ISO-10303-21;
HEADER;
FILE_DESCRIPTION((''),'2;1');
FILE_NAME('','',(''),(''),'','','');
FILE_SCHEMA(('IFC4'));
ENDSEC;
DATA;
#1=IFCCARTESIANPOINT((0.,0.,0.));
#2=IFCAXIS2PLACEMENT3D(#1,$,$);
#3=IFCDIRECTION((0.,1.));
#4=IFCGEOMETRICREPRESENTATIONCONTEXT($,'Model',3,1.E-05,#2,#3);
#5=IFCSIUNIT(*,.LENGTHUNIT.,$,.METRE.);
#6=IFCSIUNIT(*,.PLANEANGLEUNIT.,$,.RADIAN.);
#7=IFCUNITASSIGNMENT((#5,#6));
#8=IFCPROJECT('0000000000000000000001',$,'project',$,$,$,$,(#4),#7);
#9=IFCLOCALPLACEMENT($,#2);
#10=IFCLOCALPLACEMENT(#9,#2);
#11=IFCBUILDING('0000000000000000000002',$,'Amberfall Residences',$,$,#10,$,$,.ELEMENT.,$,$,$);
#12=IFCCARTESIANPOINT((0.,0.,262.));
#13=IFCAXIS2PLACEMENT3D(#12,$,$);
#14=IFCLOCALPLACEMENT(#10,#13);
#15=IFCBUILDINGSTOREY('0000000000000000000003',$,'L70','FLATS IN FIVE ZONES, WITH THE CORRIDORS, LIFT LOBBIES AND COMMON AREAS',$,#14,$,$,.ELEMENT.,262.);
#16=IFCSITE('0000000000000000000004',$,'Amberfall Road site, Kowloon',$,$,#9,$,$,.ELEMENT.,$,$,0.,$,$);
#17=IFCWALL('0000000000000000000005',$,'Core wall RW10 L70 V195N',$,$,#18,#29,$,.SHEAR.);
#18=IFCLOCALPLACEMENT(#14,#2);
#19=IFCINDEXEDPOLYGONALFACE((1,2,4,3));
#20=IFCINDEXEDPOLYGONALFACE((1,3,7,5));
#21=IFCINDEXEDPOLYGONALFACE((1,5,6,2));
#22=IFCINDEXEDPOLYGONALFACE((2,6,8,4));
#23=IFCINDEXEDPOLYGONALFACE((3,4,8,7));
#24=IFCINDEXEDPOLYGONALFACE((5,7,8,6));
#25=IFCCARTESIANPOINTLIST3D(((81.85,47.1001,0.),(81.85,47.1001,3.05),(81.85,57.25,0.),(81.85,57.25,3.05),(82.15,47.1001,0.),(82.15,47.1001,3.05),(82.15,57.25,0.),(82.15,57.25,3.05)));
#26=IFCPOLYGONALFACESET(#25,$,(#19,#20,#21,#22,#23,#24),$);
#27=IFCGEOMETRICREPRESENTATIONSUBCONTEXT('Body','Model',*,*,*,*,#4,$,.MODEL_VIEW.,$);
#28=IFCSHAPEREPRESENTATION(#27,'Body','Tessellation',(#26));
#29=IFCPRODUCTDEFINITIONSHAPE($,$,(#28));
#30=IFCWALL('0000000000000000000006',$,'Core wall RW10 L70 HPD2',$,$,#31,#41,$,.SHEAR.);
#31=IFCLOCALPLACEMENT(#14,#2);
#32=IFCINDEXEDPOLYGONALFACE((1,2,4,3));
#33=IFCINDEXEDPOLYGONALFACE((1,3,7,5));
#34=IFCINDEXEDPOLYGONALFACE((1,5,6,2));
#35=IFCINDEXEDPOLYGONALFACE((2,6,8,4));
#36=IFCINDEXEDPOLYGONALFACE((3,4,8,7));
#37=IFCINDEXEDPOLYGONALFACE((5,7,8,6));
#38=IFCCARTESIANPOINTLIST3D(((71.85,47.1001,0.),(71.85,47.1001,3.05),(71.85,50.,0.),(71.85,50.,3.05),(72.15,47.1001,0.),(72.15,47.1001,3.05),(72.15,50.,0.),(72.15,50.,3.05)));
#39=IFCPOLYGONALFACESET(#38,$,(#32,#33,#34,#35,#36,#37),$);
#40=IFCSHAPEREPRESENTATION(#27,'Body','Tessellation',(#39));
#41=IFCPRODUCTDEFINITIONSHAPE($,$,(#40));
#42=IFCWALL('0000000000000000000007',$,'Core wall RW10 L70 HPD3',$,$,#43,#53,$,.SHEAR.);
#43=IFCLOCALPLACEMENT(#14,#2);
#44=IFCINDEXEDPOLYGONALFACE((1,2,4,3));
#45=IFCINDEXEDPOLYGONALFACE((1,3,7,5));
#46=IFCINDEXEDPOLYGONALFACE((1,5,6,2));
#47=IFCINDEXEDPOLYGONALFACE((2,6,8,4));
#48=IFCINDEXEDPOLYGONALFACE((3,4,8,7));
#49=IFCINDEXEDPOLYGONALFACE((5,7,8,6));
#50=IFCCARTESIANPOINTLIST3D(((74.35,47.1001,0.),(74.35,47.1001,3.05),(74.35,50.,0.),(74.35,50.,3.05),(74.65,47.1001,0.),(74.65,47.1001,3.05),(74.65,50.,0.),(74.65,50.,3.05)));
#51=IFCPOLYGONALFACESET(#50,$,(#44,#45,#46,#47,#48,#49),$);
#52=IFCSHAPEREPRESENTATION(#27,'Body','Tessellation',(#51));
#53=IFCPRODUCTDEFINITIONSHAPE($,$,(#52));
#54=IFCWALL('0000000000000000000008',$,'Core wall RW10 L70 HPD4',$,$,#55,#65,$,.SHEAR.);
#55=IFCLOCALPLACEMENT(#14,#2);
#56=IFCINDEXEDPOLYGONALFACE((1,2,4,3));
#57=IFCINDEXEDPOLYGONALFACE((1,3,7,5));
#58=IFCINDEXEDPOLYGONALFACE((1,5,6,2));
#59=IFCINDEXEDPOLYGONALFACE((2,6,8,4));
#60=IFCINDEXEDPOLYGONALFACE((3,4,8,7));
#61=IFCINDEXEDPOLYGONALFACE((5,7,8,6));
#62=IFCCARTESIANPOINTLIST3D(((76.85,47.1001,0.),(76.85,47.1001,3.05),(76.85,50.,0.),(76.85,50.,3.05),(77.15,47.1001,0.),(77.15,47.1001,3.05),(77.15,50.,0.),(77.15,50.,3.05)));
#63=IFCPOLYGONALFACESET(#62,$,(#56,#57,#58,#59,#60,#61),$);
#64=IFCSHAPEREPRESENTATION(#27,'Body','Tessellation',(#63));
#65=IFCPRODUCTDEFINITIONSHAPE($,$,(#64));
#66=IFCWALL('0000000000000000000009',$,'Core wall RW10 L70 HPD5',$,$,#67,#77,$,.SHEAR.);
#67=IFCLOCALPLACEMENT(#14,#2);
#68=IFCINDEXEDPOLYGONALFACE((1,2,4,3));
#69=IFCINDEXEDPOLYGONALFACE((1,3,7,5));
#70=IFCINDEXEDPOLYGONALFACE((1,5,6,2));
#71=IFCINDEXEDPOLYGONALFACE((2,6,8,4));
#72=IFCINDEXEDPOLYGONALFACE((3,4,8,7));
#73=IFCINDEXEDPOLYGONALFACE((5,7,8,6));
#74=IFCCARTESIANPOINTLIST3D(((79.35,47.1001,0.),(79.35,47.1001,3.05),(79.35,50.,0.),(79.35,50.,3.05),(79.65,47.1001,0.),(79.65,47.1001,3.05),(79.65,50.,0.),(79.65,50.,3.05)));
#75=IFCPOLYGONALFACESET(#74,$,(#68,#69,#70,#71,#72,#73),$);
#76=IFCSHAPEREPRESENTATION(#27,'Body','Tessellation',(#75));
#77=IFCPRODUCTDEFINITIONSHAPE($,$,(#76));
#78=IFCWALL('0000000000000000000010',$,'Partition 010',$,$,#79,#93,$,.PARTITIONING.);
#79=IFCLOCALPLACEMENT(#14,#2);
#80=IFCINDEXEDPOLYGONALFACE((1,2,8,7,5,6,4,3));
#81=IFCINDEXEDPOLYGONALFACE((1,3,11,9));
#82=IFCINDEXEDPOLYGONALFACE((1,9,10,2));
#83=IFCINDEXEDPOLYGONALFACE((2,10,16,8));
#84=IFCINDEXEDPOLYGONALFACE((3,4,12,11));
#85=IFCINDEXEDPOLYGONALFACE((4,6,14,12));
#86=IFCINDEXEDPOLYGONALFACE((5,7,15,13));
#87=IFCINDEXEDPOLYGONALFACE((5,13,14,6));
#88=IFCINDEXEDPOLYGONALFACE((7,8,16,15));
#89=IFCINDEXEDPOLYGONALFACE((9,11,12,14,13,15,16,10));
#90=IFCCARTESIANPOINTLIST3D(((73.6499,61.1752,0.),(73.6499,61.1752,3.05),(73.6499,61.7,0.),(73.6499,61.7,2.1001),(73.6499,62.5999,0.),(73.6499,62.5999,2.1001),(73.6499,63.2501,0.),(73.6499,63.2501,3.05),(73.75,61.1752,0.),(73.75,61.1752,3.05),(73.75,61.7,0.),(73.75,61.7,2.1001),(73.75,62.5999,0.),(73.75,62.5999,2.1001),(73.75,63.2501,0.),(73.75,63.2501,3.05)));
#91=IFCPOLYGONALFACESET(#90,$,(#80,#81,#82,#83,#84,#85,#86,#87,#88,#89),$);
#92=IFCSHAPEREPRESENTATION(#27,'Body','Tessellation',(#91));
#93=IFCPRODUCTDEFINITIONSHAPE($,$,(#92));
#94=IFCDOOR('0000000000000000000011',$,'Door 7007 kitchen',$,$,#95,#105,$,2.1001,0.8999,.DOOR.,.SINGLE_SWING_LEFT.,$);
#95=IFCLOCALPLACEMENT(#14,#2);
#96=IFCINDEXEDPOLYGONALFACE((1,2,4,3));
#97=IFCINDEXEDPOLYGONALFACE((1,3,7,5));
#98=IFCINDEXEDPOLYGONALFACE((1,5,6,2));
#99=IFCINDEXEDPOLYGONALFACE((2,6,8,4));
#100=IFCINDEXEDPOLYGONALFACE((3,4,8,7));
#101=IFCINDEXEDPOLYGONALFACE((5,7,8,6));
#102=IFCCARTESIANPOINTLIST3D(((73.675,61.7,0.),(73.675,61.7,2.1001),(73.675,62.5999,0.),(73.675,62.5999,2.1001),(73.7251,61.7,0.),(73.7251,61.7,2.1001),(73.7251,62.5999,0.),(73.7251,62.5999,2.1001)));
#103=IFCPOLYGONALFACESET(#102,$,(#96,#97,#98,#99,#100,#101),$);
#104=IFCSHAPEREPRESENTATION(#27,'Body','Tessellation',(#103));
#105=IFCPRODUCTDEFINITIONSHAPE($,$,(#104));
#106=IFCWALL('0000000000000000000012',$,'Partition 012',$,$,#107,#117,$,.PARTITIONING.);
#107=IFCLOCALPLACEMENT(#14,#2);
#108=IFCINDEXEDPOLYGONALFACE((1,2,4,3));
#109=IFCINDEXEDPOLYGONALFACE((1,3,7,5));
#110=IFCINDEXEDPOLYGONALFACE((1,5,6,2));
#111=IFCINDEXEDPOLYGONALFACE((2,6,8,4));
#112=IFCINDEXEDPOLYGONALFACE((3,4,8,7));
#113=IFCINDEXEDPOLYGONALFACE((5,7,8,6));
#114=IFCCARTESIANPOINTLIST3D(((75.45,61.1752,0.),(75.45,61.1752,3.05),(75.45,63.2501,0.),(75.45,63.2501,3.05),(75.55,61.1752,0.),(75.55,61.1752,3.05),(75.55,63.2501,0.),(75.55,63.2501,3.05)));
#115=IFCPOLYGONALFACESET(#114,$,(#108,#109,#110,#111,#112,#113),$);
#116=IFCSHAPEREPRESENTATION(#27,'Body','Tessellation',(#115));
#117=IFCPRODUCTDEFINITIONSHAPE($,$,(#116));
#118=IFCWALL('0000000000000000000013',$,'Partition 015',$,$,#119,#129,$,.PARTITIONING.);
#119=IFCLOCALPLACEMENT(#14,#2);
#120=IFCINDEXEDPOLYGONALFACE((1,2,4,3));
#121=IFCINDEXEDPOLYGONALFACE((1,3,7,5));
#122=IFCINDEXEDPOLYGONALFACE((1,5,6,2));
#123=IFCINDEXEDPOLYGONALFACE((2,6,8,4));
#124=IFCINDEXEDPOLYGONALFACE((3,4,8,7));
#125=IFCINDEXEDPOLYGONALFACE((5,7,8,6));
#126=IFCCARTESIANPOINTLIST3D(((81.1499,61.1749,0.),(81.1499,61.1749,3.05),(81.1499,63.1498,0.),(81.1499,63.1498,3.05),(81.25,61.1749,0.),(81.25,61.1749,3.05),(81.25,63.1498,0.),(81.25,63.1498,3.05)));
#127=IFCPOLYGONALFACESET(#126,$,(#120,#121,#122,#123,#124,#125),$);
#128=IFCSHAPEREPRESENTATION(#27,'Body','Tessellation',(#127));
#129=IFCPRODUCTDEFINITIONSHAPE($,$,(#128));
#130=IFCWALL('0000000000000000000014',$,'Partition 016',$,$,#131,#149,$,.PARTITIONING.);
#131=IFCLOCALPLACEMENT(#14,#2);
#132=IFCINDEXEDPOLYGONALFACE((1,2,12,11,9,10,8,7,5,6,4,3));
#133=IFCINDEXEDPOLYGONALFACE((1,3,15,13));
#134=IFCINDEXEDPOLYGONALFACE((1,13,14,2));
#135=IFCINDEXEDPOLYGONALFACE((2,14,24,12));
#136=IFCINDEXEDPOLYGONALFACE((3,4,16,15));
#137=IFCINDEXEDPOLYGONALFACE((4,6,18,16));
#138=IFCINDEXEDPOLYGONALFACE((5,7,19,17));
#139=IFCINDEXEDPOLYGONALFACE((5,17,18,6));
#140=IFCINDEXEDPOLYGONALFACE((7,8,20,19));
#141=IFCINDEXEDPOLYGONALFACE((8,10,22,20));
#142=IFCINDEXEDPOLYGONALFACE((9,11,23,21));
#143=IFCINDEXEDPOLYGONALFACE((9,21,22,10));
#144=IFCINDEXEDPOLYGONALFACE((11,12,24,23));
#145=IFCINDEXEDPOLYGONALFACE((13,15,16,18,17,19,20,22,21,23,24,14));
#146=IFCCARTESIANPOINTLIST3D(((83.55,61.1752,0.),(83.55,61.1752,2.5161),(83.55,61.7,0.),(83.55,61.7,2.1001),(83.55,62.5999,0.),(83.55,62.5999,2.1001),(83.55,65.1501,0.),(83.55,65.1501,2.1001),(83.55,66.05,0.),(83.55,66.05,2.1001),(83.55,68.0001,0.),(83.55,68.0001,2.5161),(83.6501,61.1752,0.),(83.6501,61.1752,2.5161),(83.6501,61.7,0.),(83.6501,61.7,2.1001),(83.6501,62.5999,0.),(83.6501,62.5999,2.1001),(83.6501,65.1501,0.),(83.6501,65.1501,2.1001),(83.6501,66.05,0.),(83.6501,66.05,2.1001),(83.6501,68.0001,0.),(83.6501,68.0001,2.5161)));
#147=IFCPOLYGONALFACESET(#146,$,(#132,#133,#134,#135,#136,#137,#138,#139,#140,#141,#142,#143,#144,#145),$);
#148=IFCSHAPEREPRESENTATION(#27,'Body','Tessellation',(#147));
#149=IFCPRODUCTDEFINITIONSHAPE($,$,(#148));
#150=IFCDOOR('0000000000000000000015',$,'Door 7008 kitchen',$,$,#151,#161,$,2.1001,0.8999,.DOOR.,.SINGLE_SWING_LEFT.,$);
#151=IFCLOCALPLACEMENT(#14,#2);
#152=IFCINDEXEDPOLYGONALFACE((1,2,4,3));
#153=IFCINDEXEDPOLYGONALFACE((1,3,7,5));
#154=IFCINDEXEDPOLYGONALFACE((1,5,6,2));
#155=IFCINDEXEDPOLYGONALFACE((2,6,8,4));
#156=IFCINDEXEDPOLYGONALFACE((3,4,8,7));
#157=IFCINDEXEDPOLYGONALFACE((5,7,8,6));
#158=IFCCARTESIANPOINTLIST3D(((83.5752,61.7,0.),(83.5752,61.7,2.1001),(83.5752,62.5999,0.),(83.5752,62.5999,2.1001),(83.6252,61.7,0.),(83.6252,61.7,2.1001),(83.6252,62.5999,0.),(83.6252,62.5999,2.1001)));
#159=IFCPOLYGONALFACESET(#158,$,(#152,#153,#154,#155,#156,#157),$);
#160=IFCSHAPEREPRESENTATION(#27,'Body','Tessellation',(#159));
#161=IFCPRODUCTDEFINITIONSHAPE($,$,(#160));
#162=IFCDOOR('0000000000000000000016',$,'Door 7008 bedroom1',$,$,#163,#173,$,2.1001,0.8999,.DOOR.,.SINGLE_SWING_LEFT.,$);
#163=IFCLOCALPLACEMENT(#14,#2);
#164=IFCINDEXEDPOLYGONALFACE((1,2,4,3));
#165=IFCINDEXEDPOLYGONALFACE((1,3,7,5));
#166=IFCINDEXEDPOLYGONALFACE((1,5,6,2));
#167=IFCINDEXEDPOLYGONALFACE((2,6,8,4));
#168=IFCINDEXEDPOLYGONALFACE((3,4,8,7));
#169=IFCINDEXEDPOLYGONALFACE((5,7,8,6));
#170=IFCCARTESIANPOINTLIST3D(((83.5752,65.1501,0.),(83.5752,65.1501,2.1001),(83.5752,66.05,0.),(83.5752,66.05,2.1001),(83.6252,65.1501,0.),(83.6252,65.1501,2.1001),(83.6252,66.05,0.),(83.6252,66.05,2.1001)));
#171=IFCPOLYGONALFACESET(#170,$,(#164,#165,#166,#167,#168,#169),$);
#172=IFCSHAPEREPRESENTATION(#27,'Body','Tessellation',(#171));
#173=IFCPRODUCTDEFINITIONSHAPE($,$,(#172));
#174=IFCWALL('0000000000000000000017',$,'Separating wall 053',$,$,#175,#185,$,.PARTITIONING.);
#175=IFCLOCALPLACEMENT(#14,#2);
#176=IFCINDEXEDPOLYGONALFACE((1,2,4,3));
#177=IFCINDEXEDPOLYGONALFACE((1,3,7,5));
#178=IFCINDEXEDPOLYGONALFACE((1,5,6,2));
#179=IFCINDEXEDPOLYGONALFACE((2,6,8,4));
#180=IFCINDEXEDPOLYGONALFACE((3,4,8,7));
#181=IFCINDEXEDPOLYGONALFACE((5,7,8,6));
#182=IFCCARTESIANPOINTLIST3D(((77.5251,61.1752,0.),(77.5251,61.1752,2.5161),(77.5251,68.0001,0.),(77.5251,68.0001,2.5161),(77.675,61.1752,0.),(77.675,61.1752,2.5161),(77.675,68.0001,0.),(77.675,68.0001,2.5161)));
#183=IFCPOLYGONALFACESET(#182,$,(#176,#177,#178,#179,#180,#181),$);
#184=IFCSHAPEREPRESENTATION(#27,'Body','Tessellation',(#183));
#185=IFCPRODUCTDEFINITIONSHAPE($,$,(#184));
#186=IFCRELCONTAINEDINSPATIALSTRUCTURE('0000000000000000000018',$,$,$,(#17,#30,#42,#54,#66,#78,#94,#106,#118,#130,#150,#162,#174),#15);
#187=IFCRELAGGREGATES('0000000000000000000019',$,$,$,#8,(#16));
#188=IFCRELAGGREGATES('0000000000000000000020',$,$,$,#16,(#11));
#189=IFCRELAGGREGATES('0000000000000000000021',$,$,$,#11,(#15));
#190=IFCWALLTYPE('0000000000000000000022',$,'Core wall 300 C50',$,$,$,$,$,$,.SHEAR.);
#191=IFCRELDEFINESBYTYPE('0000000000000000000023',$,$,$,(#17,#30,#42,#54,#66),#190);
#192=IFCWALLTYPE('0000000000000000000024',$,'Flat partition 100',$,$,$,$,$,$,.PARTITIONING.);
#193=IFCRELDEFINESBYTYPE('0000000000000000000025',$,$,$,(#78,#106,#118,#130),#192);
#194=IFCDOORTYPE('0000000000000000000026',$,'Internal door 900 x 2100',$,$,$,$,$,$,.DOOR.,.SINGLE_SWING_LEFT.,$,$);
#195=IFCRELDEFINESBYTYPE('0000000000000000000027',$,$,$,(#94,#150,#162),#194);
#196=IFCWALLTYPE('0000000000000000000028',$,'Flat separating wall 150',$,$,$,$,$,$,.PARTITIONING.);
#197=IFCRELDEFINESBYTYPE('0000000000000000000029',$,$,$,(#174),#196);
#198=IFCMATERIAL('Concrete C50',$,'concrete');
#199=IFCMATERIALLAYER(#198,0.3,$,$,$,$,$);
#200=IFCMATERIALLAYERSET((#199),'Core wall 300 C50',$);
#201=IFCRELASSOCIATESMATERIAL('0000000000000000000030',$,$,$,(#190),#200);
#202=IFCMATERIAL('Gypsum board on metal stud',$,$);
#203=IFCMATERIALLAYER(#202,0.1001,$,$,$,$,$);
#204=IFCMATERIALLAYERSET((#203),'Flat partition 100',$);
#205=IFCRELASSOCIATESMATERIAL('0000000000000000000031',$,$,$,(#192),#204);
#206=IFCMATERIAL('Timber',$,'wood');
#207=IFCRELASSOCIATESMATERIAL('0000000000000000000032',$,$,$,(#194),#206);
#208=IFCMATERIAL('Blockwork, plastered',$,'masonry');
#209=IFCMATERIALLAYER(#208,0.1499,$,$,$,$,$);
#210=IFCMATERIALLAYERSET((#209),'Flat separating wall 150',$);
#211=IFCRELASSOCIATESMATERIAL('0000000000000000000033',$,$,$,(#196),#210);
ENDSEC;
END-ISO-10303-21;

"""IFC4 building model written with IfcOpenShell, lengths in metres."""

from ifc_helpers import new_model, si_unit, direction, frame, frame_2d, origin, place, context, subcontext, project, spatial, rectangle, extrude, material, layer, layer_set, type_object, element, fill, save


model = new_model("IFC4")

# Units and contexts
model_context = context("Model", 3, precision=1e-05, world=origin(), true_north=direction((0.0, 1.0)))
body_context = subcontext(model_context, "Body", "Model", "MODEL_VIEW")
ifc_project = project(units=[si_unit("LENGTHUNIT", "METRE"), si_unit("PLANEANGLEUNIT", "RADIAN")], contexts=[model_context])

# Site, building, storey
site_placement = place(None, origin())
site = spatial("IfcSite", under=ifc_project, at=site_placement, Name="Amberfall Road site, Kowloon", CompositionType="ELEMENT", RefElevation=0.0)
building_placement = place(site_placement, origin())
building = spatial("IfcBuilding", under=site, at=building_placement, Name="Amberfall Residences", CompositionType="ELEMENT")
storey_placement = place(building_placement, frame((0.0, 0.0, 262.0)))
storey = spatial("IfcBuildingStorey", under=building, at=storey_placement, Name="L70", Description="FLATS IN FIVE ZONES, WITH THE CORRIDORS, LIFT LOBBIES AND COMMON AREAS", CompositionType="ELEMENT", Elevation=262.0)

# Walls
ifc_material_1 = material(Name="Concrete C50", Category="concrete")
ifc_layer_1 = layer(ifc_material_1, 0.3)
ifc_layer_set_1 = layer_set([ifc_layer_1], Name="Core wall 300 C50")
wall_type_1 = type_object("IfcWallType", Name="Core wall 300 C50", PredefinedType="SHEAR", material=ifc_layer_set_1)
wall_1_placement = place(storey_placement, frame((82.0, 47.1001, 0.0), z_axis=(0.0, 0.0, 1.0), x_axis=(0.0, 1.0, 0.0)))
element("IfcWall", 1, at=wall_1_placement, inside=storey, type_object=wall_type_1, Name="Core wall RW10 L70 V195N", PredefinedType="SHEAR", context=body_context, shape_type="SweptSolid", body=[
    extrude(rectangle(XDim=10.1499, YDim=0.3, at=frame_2d((5.075, 0.0))), origin(), (0.0, 0.0, 1.0), 3.05),
])
for number, where, z_axis, x_axis, name in (
    (2, (72.0, 47.1001, 0.0), (0.0, 0.0, 1.0), (0.0, 1.0, 0.0), "Core wall RW10 L70 HPD2"),
    (3, (74.5, 47.1001, 0.0), (0.0, 0.0, 1.0), (0.0, 1.0, 0.0), "Core wall RW10 L70 HPD3"),
    (4, (77.0, 47.1001, 0.0), (0.0, 0.0, 1.0), (0.0, 1.0, 0.0), "Core wall RW10 L70 HPD4"),
    (5, (79.5, 47.1001, 0.0), (0.0, 0.0, 1.0), (0.0, 1.0, 0.0), "Core wall RW10 L70 HPD5"),
):
    element("IfcWall", number, at=place(storey_placement, frame(where, z_axis=z_axis, x_axis=x_axis)), inside=storey, type_object=wall_type_1, Name=name, PredefinedType="SHEAR", context=body_context, shape_type="SweptSolid", body=[
        extrude(rectangle(XDim=2.8999, YDim=0.3, at=frame_2d((1.45, 0.0))), origin(), (0.0, 0.0, 1.0), 3.05),
    ])

# Wall, opening, door
ifc_material_2 = material(Name="Gypsum board on metal stud")
ifc_layer_2 = layer(ifc_material_2, 0.1001)
ifc_layer_set_2 = layer_set([ifc_layer_2], Name="Flat partition 100")
wall_type_2 = type_object("IfcWallType", Name="Flat partition 100", PredefinedType="PARTITIONING", material=ifc_layer_set_2)
wall_2_placement = place(storey_placement, frame((73.7, 61.175, 0.0), z_axis=(0.0, 0.0, 1.0), x_axis=(0.0, 1.0, 0.0)))
wall_2 = element("IfcWall", 6, at=wall_2_placement, inside=storey, type_object=wall_type_2, Name="Partition 010", PredefinedType="PARTITIONING", context=body_context, shape_type="SweptSolid", body=[
    extrude(rectangle(XDim=2.075, YDim=0.1001, at=frame_2d((1.0376, 0.0))), origin(), (0.0, 0.0, 1.0), 3.05),
])
opening_1_placement = place(wall_2_placement, frame((0.5249, 0.0, 0.0)))
opening_1 = element("IfcOpeningElement", 7, at=opening_1_placement, cuts=wall_2, PredefinedType="OPENING", context=body_context, shape_type="SweptSolid", body=[
    extrude(rectangle(XDim=0.8999, YDim=2.1001, at=frame_2d((0.45, 1.05))), frame((0.0, 0.0601, 0.0), z_axis=(0.0, -1.0, 0.0), x_axis=(1.0, 0.0, 0.0)), (0.0, 0.0, 1.0), 0.1201),
])
ifc_material_3 = material(Name="Timber", Category="wood")
door_type_1 = type_object("IfcDoorType", Name="Internal door 900 x 2100", OperationType="SINGLE_SWING_LEFT", PredefinedType="DOOR", material=ifc_material_3)
door_1_placement = place(opening_1_placement, origin())
door_1 = element("IfcDoor", 8, at=door_1_placement, inside=storey, type_object=door_type_1, Name="Door 7007 kitchen", OperationType="SINGLE_SWING_LEFT", OverallHeight=2.1001, OverallWidth=0.8999, PredefinedType="DOOR", context=body_context, shape_type="SweptSolid", body=[
    extrude(rectangle(XDim=0.8999, YDim=2.1001, at=frame_2d((0.45, 1.05))), frame((0.0, 0.0249, 0.0), z_axis=(0.0, -1.0, 0.0), x_axis=(1.0, 0.0, 0.0)), (0.0, 0.0, 1.0), 0.05),
])
fill(opening_1, door_1)

# Walls
wall_3_placement = place(storey_placement, frame((75.5, 61.175, 0.0), z_axis=(0.0, 0.0, 1.0), x_axis=(0.0, 1.0, 0.0)))
element("IfcWall", 9, at=wall_3_placement, inside=storey, type_object=wall_type_2, Name="Partition 012", PredefinedType="PARTITIONING", context=body_context, shape_type="SweptSolid", body=[
    extrude(rectangle(XDim=2.075, YDim=0.1001, at=frame_2d((1.0376, 0.0))), origin(), (0.0, 0.0, 1.0), 3.05),
])
wall_4_placement = place(storey_placement, frame((81.2, 61.175, 0.0), z_axis=(0.0, 0.0, 1.0), x_axis=(0.0, 1.0, 0.0)))
element("IfcWall", 10, at=wall_4_placement, inside=storey, type_object=wall_type_2, Name="Partition 015", PredefinedType="PARTITIONING", context=body_context, shape_type="SweptSolid", body=[
    extrude(rectangle(XDim=1.9749, YDim=0.1001, at=frame_2d((0.9873, 0.0))), origin(), (0.0, 0.0, 1.0), 3.05),
])

# Wall, openings, doors
wall_5_placement = place(storey_placement, frame((83.6001, 61.175, 0.0), z_axis=(0.0, 0.0, 1.0), x_axis=(0.0, 1.0, 0.0)))
wall_5 = element("IfcWall", 11, at=wall_5_placement, inside=storey, type_object=wall_type_2, Name="Partition 016", PredefinedType="PARTITIONING", context=body_context, shape_type="SweptSolid", body=[
    extrude(rectangle(XDim=6.825, YDim=0.1001, at=frame_2d((3.4126, 0.0))), origin(), (0.0, 0.0, 1.0), 2.5161),
])
opening_2_placement = place(wall_5_placement, frame((0.5249, 0.0, 0.0)))
opening_2 = element("IfcOpeningElement", 12, at=opening_2_placement, cuts=wall_5, PredefinedType="OPENING", context=body_context, shape_type="SweptSolid", body=[
    extrude(rectangle(XDim=0.8999, YDim=2.1001, at=frame_2d((0.45, 1.05))), frame((0.0, 0.0601, 0.0), z_axis=(0.0, -1.0, 0.0), x_axis=(1.0, 0.0, 0.0)), (0.0, 0.0, 1.0), 0.1201),
])
opening_3_placement = place(wall_5_placement, frame((3.9751, 0.0, 0.0)))
opening_3 = element("IfcOpeningElement", 13, at=opening_3_placement, cuts=wall_5, PredefinedType="OPENING", context=body_context, shape_type="SweptSolid", body=[
    extrude(rectangle(XDim=0.8999, YDim=2.1001, at=frame_2d((0.45, 1.05))), frame((0.0, 0.0601, 0.0), z_axis=(0.0, -1.0, 0.0), x_axis=(1.0, 0.0, 0.0)), (0.0, 0.0, 1.0), 0.1201),
])
door_2_placement = place(opening_2_placement, origin())
door_2 = element("IfcDoor", 14, at=door_2_placement, inside=storey, type_object=door_type_1, Name="Door 7008 kitchen", OperationType="SINGLE_SWING_LEFT", OverallHeight=2.1001, OverallWidth=0.8999, PredefinedType="DOOR", context=body_context, shape_type="SweptSolid", body=[
    extrude(rectangle(XDim=0.8999, YDim=2.1001, at=frame_2d((0.45, 1.05))), frame((0.0, 0.0249, 0.0), z_axis=(0.0, -1.0, 0.0), x_axis=(1.0, 0.0, 0.0)), (0.0, 0.0, 1.0), 0.05),
])
fill(opening_2, door_2)
door_3_placement = place(opening_3_placement, origin())
door_3 = element("IfcDoor", 15, at=door_3_placement, inside=storey, type_object=door_type_1, Name="Door 7008 bedroom1", OperationType="SINGLE_SWING_LEFT", OverallHeight=2.1001, OverallWidth=0.8999, PredefinedType="DOOR", context=body_context, shape_type="SweptSolid", body=[
    extrude(rectangle(XDim=0.8999, YDim=2.1001, at=frame_2d((0.45, 1.05))), frame((0.0, 0.0249, 0.0), z_axis=(0.0, -1.0, 0.0), x_axis=(1.0, 0.0, 0.0)), (0.0, 0.0, 1.0), 0.05),
])
fill(opening_3, door_3)

# Wall
ifc_material_4 = material(Name="Blockwork, plastered", Category="masonry")
ifc_layer_3 = layer(ifc_material_4, 0.1499)
ifc_layer_set_3 = layer_set([ifc_layer_3], Name="Flat separating wall 150")
wall_type_3 = type_object("IfcWallType", Name="Flat separating wall 150", PredefinedType="PARTITIONING", material=ifc_layer_set_3)
wall_6_placement = place(storey_placement, frame((77.6001, 61.175, 0.0), z_axis=(0.0, 0.0, 1.0), x_axis=(0.0, 1.0, 0.0)))
element("IfcWall", 16, at=wall_6_placement, inside=storey, type_object=wall_type_3, Name="Separating wall 053", PredefinedType="PARTITIONING", context=body_context, shape_type="SweptSolid", body=[
    extrude(rectangle(XDim=6.825, YDim=0.1499, at=frame_2d((3.4126, 0.0))), origin(), (0.0, 0.0, 1.0), 2.5161),
])

save(model, "model.ifc")
